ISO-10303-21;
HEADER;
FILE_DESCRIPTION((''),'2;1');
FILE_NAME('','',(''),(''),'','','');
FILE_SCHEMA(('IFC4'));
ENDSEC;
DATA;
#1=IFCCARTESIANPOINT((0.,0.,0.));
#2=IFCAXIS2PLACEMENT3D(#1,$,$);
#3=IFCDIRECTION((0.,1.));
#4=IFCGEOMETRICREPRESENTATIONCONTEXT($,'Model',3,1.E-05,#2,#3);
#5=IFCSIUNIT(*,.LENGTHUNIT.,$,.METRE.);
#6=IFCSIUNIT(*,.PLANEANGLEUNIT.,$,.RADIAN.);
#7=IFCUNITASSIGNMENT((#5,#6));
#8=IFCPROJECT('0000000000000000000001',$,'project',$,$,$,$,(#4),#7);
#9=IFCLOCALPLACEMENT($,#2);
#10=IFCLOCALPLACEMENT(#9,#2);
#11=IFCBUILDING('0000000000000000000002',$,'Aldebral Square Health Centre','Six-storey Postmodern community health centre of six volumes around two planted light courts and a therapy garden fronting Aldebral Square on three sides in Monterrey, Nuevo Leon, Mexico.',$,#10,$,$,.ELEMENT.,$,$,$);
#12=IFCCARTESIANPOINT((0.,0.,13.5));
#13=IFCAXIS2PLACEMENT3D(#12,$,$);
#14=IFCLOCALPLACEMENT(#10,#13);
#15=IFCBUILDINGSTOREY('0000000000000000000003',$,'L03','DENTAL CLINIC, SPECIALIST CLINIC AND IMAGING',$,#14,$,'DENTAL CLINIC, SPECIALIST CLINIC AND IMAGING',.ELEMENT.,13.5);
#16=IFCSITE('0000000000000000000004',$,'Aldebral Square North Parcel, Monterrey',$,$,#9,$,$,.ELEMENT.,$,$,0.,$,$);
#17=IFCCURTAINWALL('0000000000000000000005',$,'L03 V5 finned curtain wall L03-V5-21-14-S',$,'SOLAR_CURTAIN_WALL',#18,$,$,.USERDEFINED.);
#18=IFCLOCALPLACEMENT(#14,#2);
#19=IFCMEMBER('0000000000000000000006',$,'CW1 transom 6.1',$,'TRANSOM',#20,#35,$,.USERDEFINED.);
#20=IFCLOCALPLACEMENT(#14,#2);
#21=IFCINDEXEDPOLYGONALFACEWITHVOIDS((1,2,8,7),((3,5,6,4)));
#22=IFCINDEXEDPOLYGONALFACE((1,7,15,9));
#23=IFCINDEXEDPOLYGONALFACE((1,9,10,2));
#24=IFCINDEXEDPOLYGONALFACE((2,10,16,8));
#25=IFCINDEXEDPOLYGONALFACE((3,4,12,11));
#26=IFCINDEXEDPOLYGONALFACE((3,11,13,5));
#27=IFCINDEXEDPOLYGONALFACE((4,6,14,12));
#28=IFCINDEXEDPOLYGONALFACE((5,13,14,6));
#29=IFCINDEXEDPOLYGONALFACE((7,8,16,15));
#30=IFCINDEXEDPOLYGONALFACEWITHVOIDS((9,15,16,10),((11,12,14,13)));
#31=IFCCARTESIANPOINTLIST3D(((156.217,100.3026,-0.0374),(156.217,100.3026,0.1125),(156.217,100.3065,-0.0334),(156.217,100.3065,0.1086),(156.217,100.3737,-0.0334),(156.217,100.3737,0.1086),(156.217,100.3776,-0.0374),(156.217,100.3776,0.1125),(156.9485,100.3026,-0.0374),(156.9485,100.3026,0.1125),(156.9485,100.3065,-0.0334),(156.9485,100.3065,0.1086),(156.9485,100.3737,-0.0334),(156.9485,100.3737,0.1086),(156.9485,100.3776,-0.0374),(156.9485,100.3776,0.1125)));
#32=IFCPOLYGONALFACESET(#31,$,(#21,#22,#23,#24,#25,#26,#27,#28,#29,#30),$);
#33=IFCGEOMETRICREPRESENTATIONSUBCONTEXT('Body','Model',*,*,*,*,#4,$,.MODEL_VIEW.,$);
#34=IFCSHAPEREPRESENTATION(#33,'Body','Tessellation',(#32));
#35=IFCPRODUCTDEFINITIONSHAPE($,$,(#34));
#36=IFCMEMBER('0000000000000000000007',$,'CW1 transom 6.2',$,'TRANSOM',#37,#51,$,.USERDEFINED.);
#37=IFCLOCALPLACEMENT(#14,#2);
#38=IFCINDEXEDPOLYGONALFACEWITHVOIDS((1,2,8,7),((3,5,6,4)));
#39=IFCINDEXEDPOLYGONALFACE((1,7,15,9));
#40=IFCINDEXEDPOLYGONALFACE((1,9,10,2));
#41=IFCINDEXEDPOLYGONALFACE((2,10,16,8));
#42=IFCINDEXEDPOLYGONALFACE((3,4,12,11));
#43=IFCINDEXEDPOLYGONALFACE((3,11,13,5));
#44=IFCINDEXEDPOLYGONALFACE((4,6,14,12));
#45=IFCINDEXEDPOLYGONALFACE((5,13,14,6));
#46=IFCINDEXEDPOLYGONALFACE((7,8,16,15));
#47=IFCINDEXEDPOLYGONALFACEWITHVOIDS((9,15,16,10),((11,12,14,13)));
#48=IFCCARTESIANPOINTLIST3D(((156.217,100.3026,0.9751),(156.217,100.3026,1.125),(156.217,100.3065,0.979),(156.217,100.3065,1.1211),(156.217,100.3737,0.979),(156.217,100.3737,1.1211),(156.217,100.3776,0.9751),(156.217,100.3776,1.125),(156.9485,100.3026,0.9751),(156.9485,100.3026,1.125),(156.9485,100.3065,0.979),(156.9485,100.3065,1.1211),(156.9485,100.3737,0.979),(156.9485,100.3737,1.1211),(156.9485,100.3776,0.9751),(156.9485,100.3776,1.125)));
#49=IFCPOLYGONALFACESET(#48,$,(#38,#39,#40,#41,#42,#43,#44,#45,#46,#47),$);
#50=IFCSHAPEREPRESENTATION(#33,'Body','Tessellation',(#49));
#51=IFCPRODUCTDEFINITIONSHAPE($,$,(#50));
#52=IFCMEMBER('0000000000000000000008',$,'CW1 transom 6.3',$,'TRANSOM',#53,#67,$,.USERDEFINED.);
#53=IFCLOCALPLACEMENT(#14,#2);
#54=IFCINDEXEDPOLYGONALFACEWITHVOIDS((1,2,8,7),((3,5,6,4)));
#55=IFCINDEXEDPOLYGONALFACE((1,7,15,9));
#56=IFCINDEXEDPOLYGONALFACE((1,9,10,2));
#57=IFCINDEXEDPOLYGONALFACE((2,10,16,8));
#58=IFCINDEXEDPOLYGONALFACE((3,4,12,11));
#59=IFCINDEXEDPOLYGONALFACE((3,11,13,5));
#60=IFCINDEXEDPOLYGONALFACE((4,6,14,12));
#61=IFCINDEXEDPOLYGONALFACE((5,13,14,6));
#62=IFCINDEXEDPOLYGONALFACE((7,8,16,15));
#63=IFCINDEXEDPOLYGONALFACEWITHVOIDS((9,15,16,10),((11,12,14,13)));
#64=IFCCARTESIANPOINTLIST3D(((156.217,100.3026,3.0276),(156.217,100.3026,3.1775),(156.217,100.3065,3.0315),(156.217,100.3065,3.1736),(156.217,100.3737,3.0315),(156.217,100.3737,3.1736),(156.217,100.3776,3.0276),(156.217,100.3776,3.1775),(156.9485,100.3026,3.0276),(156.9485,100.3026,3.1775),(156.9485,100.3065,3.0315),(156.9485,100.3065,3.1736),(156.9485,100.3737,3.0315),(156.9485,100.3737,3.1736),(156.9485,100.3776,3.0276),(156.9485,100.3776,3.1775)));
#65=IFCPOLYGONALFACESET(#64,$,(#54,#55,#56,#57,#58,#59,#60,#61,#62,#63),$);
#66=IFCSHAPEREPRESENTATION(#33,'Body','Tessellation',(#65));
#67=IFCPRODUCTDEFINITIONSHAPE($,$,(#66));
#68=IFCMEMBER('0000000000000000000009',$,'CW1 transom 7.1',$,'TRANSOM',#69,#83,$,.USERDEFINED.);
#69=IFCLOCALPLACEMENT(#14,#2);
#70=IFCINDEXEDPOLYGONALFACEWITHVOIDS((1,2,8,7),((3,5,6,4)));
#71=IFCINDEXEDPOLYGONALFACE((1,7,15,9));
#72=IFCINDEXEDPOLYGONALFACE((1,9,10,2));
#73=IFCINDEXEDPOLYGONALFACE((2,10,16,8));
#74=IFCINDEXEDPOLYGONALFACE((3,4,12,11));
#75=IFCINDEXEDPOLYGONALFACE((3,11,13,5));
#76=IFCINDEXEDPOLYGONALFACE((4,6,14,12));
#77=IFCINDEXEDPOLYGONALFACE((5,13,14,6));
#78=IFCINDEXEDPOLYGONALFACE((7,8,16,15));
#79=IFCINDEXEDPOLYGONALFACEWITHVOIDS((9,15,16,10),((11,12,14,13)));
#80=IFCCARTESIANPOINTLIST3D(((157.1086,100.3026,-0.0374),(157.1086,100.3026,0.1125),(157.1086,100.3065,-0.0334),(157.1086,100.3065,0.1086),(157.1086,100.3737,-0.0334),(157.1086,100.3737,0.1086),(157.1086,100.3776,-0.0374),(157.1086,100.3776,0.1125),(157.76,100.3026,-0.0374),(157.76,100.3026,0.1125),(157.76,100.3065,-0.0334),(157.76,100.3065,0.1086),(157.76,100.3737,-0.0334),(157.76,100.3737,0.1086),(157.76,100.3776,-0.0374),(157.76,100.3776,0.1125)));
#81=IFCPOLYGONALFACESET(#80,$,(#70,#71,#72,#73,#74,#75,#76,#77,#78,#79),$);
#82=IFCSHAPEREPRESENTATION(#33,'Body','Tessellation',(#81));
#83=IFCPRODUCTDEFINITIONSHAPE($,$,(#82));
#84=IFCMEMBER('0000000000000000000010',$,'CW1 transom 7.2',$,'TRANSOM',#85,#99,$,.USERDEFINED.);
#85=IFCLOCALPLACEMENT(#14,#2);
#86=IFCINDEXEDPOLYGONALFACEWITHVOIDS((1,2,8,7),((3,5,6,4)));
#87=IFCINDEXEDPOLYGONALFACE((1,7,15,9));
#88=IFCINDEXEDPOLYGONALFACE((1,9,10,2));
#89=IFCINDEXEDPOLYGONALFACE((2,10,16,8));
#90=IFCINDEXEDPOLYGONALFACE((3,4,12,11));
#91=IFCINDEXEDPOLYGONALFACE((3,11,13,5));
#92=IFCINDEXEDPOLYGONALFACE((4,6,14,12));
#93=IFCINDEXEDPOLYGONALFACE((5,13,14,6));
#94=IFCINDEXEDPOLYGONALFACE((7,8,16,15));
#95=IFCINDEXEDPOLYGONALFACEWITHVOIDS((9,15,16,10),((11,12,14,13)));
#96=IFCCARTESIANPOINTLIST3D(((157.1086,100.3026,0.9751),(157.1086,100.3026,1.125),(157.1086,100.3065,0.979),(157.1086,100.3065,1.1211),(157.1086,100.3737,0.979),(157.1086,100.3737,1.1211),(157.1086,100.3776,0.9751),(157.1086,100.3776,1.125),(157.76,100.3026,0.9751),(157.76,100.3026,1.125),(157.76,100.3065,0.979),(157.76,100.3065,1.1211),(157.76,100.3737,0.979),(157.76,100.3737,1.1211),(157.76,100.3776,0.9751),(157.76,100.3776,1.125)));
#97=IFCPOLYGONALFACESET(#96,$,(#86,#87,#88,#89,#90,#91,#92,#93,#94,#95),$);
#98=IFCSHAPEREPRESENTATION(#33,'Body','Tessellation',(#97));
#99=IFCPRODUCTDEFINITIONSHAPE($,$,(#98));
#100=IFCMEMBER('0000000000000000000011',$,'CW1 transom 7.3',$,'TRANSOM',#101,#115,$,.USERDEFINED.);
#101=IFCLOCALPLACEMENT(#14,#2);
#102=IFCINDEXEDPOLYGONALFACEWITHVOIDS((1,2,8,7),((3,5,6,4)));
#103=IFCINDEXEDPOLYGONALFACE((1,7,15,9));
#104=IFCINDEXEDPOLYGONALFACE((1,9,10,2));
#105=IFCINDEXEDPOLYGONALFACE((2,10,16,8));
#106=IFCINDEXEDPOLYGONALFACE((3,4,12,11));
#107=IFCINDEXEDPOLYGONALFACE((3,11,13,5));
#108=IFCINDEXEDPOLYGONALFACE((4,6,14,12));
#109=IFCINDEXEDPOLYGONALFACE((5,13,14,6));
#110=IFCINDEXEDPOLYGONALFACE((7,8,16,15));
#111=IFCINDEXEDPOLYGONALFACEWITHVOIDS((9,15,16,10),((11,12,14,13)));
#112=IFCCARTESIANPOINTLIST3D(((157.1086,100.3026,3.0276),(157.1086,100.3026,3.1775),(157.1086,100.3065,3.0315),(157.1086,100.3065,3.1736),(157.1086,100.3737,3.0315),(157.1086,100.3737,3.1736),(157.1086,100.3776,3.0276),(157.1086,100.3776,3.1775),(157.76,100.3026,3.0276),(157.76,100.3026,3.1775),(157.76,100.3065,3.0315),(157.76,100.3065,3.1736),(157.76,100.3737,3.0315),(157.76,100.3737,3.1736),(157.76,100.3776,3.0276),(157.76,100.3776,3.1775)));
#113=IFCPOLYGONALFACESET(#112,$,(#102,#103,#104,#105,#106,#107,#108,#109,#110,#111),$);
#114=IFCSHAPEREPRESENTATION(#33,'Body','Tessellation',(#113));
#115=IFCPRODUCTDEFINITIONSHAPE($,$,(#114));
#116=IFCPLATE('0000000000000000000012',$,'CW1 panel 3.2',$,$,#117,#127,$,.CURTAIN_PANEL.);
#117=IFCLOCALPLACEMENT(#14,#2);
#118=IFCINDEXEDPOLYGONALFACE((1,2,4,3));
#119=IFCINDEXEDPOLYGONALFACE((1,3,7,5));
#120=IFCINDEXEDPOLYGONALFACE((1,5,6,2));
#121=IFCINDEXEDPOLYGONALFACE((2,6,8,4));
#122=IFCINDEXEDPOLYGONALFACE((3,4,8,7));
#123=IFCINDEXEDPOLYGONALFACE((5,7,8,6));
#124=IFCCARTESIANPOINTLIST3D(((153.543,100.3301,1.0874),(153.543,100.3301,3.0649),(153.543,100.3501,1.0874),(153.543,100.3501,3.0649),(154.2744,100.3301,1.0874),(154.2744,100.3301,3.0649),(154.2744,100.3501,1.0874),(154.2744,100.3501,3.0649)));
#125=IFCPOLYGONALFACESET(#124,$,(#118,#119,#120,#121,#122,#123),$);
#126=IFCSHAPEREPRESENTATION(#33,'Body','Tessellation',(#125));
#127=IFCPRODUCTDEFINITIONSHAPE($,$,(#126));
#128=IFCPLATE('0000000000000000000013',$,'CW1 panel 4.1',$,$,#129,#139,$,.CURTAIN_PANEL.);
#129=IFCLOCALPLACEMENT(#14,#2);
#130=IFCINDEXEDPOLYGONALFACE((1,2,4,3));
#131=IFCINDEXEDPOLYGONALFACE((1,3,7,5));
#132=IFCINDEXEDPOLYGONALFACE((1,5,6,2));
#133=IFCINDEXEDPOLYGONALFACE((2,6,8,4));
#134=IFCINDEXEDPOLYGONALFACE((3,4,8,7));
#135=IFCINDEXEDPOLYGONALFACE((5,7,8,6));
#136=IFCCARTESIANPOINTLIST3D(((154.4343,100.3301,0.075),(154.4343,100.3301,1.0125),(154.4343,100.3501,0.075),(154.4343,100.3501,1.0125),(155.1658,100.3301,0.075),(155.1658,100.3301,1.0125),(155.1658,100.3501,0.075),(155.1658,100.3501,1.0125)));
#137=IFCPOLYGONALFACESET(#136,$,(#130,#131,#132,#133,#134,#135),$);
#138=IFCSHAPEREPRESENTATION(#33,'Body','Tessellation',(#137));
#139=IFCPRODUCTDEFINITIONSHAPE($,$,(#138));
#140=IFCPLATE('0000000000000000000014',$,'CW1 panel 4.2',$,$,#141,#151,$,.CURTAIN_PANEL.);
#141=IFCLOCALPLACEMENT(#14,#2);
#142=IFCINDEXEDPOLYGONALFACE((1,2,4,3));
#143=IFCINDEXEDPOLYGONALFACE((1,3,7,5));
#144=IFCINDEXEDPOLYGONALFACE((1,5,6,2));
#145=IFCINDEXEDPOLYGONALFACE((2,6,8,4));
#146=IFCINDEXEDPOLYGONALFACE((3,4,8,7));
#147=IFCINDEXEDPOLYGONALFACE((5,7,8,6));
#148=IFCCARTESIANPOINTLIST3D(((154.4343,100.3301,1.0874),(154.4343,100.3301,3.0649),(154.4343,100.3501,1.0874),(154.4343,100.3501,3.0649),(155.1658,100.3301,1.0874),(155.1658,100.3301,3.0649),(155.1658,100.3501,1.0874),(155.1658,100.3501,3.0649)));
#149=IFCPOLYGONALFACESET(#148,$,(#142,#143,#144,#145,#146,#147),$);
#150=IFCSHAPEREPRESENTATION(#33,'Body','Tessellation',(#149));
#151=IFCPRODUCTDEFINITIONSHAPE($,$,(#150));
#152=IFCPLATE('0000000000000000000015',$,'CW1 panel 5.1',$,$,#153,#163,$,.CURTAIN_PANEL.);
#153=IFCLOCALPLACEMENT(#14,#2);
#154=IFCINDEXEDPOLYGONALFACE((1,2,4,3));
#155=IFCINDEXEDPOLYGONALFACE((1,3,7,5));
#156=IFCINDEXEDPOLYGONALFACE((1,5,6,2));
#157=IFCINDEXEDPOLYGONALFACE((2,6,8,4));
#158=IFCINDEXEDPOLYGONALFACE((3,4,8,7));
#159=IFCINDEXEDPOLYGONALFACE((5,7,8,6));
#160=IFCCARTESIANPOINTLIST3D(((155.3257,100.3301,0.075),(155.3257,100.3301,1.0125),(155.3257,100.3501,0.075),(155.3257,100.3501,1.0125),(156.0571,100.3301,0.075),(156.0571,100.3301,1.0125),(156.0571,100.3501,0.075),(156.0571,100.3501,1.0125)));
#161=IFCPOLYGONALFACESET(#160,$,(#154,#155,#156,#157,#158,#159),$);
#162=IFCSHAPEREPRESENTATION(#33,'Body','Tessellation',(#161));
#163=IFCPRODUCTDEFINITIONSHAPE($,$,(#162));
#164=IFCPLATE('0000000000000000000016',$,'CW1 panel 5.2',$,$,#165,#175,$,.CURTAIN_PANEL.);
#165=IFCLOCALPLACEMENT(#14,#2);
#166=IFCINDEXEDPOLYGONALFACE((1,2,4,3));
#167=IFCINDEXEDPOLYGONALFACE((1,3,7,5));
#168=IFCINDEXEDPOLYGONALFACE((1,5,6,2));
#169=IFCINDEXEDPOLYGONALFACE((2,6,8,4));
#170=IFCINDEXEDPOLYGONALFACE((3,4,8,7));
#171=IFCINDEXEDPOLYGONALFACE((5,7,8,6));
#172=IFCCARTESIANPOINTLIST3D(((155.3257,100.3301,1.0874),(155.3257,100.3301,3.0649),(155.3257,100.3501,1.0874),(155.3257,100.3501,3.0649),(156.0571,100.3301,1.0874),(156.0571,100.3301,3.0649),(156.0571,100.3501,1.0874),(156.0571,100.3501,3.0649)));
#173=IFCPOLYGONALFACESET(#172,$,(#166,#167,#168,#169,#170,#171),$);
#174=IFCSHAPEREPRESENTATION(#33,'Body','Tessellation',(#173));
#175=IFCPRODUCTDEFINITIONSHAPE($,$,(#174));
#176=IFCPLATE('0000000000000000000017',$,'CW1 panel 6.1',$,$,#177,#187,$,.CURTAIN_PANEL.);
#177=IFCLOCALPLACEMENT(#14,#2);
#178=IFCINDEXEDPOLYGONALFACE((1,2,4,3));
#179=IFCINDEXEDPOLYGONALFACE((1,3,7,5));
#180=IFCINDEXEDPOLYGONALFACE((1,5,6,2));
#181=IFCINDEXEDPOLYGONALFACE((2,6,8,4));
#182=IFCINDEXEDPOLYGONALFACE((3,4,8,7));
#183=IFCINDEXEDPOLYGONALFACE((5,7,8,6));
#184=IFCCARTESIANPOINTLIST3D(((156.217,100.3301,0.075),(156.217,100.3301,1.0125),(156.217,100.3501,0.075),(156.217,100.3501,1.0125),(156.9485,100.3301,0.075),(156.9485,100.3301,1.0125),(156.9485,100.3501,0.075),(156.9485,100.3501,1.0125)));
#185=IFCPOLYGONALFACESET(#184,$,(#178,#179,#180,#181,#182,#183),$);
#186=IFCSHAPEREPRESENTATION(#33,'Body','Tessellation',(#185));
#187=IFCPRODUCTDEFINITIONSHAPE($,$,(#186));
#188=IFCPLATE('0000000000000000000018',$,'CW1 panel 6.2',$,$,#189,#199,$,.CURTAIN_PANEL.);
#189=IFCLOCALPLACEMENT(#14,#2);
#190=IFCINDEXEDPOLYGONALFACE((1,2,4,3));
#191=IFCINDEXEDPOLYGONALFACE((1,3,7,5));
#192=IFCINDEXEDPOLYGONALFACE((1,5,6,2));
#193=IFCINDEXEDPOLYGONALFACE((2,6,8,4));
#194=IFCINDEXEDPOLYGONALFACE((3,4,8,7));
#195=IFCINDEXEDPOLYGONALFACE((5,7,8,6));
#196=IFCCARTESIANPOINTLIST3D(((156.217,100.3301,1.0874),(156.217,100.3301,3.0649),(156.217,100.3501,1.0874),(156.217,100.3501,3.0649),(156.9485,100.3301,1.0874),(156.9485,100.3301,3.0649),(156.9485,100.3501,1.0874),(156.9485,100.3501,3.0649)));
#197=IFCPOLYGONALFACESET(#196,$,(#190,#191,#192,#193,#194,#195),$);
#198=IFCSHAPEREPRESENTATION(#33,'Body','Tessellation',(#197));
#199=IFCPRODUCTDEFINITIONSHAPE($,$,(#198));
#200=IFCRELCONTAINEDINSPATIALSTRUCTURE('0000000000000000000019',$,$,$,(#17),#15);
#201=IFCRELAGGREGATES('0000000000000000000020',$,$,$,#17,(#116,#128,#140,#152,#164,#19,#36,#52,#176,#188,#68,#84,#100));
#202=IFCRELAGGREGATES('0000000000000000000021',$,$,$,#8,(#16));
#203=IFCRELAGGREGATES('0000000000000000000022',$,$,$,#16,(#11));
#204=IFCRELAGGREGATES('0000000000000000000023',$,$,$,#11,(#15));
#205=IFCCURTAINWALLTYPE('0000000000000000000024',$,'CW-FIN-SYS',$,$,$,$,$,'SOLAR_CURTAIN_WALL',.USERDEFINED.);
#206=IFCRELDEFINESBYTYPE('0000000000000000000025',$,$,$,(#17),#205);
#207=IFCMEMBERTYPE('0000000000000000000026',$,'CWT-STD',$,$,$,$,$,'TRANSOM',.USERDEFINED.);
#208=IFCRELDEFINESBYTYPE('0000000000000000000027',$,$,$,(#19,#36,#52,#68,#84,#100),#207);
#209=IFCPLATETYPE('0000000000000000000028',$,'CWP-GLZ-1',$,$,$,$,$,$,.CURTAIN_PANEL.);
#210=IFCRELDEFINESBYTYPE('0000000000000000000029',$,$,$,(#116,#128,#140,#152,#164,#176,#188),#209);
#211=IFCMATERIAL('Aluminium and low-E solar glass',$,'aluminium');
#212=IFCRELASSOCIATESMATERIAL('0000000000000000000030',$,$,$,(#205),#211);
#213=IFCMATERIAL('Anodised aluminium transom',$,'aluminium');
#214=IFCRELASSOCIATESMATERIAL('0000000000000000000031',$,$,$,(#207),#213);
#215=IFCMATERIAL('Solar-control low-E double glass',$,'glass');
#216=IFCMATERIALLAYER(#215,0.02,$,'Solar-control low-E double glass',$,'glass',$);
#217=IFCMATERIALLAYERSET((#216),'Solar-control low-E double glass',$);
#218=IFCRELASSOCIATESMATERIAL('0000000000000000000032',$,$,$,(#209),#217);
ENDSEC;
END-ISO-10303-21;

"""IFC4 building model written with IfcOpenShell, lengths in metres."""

from ifc_helpers import new_model, si_unit, direction, frame, origin, origin_2d, place, context, subcontext, project, spatial, rectangle, hollow_rectangle, extrude, material, layer, layer_set, material_profile, profile_set, type_object, element, aggregate, save


model = new_model("IFC4")

# Units and contexts
model_context = context("Model", 3, precision=1e-05, world=origin(), true_north=direction((0.0, 1.0)))
body_context = subcontext(model_context, "Body", "Model", "MODEL_VIEW")
ifc_project = project(units=[si_unit("LENGTHUNIT", "METRE"), si_unit("PLANEANGLEUNIT", "RADIAN")], contexts=[model_context])

# Site, building, storey
site_placement = place(None, origin())
site = spatial("IfcSite", under=ifc_project, at=site_placement, Name="Aldebral Square North Parcel, Monterrey", CompositionType="ELEMENT", RefElevation=0.0)
building_placement = place(site_placement, origin())
building = spatial("IfcBuilding", under=site, at=building_placement, Name="Aldebral Square Health Centre", Description="Six-storey Postmodern community health centre of six volumes around two planted light courts and a therapy garden fronting Aldebral Square on three sides in Monterrey, Nuevo Leon, Mexico.", CompositionType="ELEMENT")
storey_placement = place(building_placement, frame((0.0, 0.0, 13.5)))
storey = spatial("IfcBuildingStorey", under=building, at=storey_placement, Name="L03", Description="DENTAL CLINIC, SPECIALIST CLINIC AND IMAGING", LongName="DENTAL CLINIC, SPECIALIST CLINIC AND IMAGING", CompositionType="ELEMENT", Elevation=13.5)

# Curtain wall, members, plates
ifc_material_1 = material(Name="Aluminium and low-E solar glass", Category="aluminium")
curtain_wall_type = type_object("IfcCurtainWallType", Name="CW-FIN-SYS", ElementType="SOLAR_CURTAIN_WALL", PredefinedType="USERDEFINED", material=ifc_material_1)
curtain_wall_placement = place(storey_placement, origin())
curtain_wall = element("IfcCurtainWall", 1, at=curtain_wall_placement, inside=storey, type_object=curtain_wall_type, Name="L03 V5 finned curtain wall L03-V5-21-14-S", ObjectType="SOLAR_CURTAIN_WALL", PredefinedType="USERDEFINED")
ifc_material_2 = material(Name="Anodised aluminium transom", Category="aluminium")
ifc_material_profile_1 = material_profile(ifc_material_2, hollow_rectangle(XDim=0.075, YDim=0.1499, WallThickness=0.0039, at=origin_2d()), Name="CWT 75x150x4")
ifc_profile_set_1 = profile_set([ifc_material_profile_1], Name="Anodised aluminium transom")
member_type_1 = type_object("IfcMemberType", Name="CWT-STD", ElementType="TRANSOM", PredefinedType="USERDEFINED", material=ifc_profile_set_1)
member_1_placement = place(storey_placement, frame((156.217, 100.3401, 0.0376), z_axis=(1.0, 0.0, 0.0), x_axis=(0.0, 1.0, 0.0)))
member_1 = element("IfcMember", 2, at=member_1_placement, type_object=member_type_1, Name="CW1 transom 6.1", ObjectType="TRANSOM", PredefinedType="USERDEFINED", context=body_context, shape_type="SweptSolid", body=[
    extrude(hollow_rectangle(XDim=0.075, YDim=0.1499, WallThickness=0.0039, at=origin_2d()), origin(), (0.0, 0.0, 1.0), 0.7314),
])
member_2_placement = place(storey_placement, frame((156.217, 100.3401, 1.05), z_axis=(1.0, 0.0, 0.0), x_axis=(0.0, 1.0, 0.0)))
member_2 = element("IfcMember", 3, at=member_2_placement, type_object=member_type_1, Name="CW1 transom 6.2", ObjectType="TRANSOM", PredefinedType="USERDEFINED", context=body_context, shape_type="SweptSolid", body=[
    extrude(hollow_rectangle(XDim=0.075, YDim=0.1499, WallThickness=0.0039, at=origin_2d()), origin(), (0.0, 0.0, 1.0), 0.7314),
])
member_3_placement = place(storey_placement, frame((156.217, 100.3401, 3.1025), z_axis=(1.0, 0.0, 0.0), x_axis=(0.0, 1.0, 0.0)))
member_3 = element("IfcMember", 4, at=member_3_placement, type_object=member_type_1, Name="CW1 transom 6.3", ObjectType="TRANSOM", PredefinedType="USERDEFINED", context=body_context, shape_type="SweptSolid", body=[
    extrude(hollow_rectangle(XDim=0.075, YDim=0.1499, WallThickness=0.0039, at=origin_2d()), origin(), (0.0, 0.0, 1.0), 0.7314),
])
member_4_placement = place(storey_placement, frame((157.1086, 100.3401, 0.0376), z_axis=(1.0, 0.0, 0.0), x_axis=(0.0, 1.0, 0.0)))
member_4 = element("IfcMember", 5, at=member_4_placement, type_object=member_type_1, Name="CW1 transom 7.1", ObjectType="TRANSOM", PredefinedType="USERDEFINED", context=body_context, shape_type="SweptSolid", body=[
    extrude(hollow_rectangle(XDim=0.075, YDim=0.1499, WallThickness=0.0039, at=origin_2d()), origin(), (0.0, 0.0, 1.0), 0.6514),
])
member_5_placement = place(storey_placement, frame((157.1086, 100.3401, 1.05), z_axis=(1.0, 0.0, 0.0), x_axis=(0.0, 1.0, 0.0)))
member_5 = element("IfcMember", 6, at=member_5_placement, type_object=member_type_1, Name="CW1 transom 7.2", ObjectType="TRANSOM", PredefinedType="USERDEFINED", context=body_context, shape_type="SweptSolid", body=[
    extrude(hollow_rectangle(XDim=0.075, YDim=0.1499, WallThickness=0.0039, at=origin_2d()), origin(), (0.0, 0.0, 1.0), 0.6514),
])
member_6_placement = place(storey_placement, frame((157.1086, 100.3401, 3.1025), z_axis=(1.0, 0.0, 0.0), x_axis=(0.0, 1.0, 0.0)))
member_6 = element("IfcMember", 7, at=member_6_placement, type_object=member_type_1, Name="CW1 transom 7.3", ObjectType="TRANSOM", PredefinedType="USERDEFINED", context=body_context, shape_type="SweptSolid", body=[
    extrude(hollow_rectangle(XDim=0.075, YDim=0.1499, WallThickness=0.0039, at=origin_2d()), origin(), (0.0, 0.0, 1.0), 0.6514),
])
ifc_material_3 = material(Name="Solar-control low-E double glass", Category="glass")
ifc_layer_1 = layer(ifc_material_3, 0.02, Name="Solar-control low-E double glass", Category="glass")
ifc_layer_set_1 = layer_set([ifc_layer_1], Name="Solar-control low-E double glass")
plate_type = type_object("IfcPlateType", Name="CWP-GLZ-1", PredefinedType="CURTAIN_PANEL", material=ifc_layer_set_1)
plate_1_placement = place(storey_placement, frame((153.9087, 100.3401, 1.0874), z_axis=(0.0, 0.0, 1.0), x_axis=(1.0, 0.0, 0.0)))
plate_1 = element("IfcPlate", 8, at=plate_1_placement, type_object=plate_type, Name="CW1 panel 3.2", PredefinedType="CURTAIN_PANEL", context=body_context, shape_type="SweptSolid", body=[
    extrude(rectangle(XDim=0.7314, YDim=0.02, at=origin_2d()), origin(), (0.0, 0.0, 1.0), 1.9775),
])
plate_2_placement = place(storey_placement, frame((154.8, 100.3401, 0.075), z_axis=(0.0, 0.0, 1.0), x_axis=(1.0, 0.0, 0.0)))
plate_2 = element("IfcPlate", 9, at=plate_2_placement, type_object=plate_type, Name="CW1 panel 4.1", PredefinedType="CURTAIN_PANEL", context=body_context, shape_type="SweptSolid", body=[
    extrude(rectangle(XDim=0.7314, YDim=0.02, at=origin_2d()), origin(), (0.0, 0.0, 1.0), 0.9375),
])
plate_3_placement = place(storey_placement, frame((154.8, 100.3401, 1.0874), z_axis=(0.0, 0.0, 1.0), x_axis=(1.0, 0.0, 0.0)))
plate_3 = element("IfcPlate", 10, at=plate_3_placement, type_object=plate_type, Name="CW1 panel 4.2", PredefinedType="CURTAIN_PANEL", context=body_context, shape_type="SweptSolid", body=[
    extrude(rectangle(XDim=0.7314, YDim=0.02, at=origin_2d()), origin(), (0.0, 0.0, 1.0), 1.9775),
])
plate_4_placement = place(storey_placement, frame((155.6914, 100.3401, 0.075), z_axis=(0.0, 0.0, 1.0), x_axis=(1.0, 0.0, 0.0)))
plate_4 = element("IfcPlate", 11, at=plate_4_placement, type_object=plate_type, Name="CW1 panel 5.1", PredefinedType="CURTAIN_PANEL", context=body_context, shape_type="SweptSolid", body=[
    extrude(rectangle(XDim=0.7314, YDim=0.02, at=origin_2d()), origin(), (0.0, 0.0, 1.0), 0.9375),
])
plate_5_placement = place(storey_placement, frame((155.6914, 100.3401, 1.0874), z_axis=(0.0, 0.0, 1.0), x_axis=(1.0, 0.0, 0.0)))
plate_5 = element("IfcPlate", 12, at=plate_5_placement, type_object=plate_type, Name="CW1 panel 5.2", PredefinedType="CURTAIN_PANEL", context=body_context, shape_type="SweptSolid", body=[
    extrude(rectangle(XDim=0.7314, YDim=0.02, at=origin_2d()), origin(), (0.0, 0.0, 1.0), 1.9775),
])
plate_6_placement = place(storey_placement, frame((156.5828, 100.3401, 0.075), z_axis=(0.0, 0.0, 1.0), x_axis=(1.0, 0.0, 0.0)))
plate_6 = element("IfcPlate", 13, at=plate_6_placement, type_object=plate_type, Name="CW1 panel 6.1", PredefinedType="CURTAIN_PANEL", context=body_context, shape_type="SweptSolid", body=[
    extrude(rectangle(XDim=0.7314, YDim=0.02, at=origin_2d()), origin(), (0.0, 0.0, 1.0), 0.9375),
])
plate_7_placement = place(storey_placement, frame((156.5828, 100.3401, 1.0874), z_axis=(0.0, 0.0, 1.0), x_axis=(1.0, 0.0, 0.0)))
plate_7 = element("IfcPlate", 14, at=plate_7_placement, type_object=plate_type, Name="CW1 panel 6.2", PredefinedType="CURTAIN_PANEL", context=body_context, shape_type="SweptSolid", body=[
    extrude(rectangle(XDim=0.7314, YDim=0.02, at=origin_2d()), origin(), (0.0, 0.0, 1.0), 1.9775),
])
aggregate(curtain_wall, [plate_1, plate_2, plate_3, plate_4, plate_5, member_1, member_2, member_3, plate_6, plate_7, member_4, member_5, member_6])

save(model, "model.ifc")
